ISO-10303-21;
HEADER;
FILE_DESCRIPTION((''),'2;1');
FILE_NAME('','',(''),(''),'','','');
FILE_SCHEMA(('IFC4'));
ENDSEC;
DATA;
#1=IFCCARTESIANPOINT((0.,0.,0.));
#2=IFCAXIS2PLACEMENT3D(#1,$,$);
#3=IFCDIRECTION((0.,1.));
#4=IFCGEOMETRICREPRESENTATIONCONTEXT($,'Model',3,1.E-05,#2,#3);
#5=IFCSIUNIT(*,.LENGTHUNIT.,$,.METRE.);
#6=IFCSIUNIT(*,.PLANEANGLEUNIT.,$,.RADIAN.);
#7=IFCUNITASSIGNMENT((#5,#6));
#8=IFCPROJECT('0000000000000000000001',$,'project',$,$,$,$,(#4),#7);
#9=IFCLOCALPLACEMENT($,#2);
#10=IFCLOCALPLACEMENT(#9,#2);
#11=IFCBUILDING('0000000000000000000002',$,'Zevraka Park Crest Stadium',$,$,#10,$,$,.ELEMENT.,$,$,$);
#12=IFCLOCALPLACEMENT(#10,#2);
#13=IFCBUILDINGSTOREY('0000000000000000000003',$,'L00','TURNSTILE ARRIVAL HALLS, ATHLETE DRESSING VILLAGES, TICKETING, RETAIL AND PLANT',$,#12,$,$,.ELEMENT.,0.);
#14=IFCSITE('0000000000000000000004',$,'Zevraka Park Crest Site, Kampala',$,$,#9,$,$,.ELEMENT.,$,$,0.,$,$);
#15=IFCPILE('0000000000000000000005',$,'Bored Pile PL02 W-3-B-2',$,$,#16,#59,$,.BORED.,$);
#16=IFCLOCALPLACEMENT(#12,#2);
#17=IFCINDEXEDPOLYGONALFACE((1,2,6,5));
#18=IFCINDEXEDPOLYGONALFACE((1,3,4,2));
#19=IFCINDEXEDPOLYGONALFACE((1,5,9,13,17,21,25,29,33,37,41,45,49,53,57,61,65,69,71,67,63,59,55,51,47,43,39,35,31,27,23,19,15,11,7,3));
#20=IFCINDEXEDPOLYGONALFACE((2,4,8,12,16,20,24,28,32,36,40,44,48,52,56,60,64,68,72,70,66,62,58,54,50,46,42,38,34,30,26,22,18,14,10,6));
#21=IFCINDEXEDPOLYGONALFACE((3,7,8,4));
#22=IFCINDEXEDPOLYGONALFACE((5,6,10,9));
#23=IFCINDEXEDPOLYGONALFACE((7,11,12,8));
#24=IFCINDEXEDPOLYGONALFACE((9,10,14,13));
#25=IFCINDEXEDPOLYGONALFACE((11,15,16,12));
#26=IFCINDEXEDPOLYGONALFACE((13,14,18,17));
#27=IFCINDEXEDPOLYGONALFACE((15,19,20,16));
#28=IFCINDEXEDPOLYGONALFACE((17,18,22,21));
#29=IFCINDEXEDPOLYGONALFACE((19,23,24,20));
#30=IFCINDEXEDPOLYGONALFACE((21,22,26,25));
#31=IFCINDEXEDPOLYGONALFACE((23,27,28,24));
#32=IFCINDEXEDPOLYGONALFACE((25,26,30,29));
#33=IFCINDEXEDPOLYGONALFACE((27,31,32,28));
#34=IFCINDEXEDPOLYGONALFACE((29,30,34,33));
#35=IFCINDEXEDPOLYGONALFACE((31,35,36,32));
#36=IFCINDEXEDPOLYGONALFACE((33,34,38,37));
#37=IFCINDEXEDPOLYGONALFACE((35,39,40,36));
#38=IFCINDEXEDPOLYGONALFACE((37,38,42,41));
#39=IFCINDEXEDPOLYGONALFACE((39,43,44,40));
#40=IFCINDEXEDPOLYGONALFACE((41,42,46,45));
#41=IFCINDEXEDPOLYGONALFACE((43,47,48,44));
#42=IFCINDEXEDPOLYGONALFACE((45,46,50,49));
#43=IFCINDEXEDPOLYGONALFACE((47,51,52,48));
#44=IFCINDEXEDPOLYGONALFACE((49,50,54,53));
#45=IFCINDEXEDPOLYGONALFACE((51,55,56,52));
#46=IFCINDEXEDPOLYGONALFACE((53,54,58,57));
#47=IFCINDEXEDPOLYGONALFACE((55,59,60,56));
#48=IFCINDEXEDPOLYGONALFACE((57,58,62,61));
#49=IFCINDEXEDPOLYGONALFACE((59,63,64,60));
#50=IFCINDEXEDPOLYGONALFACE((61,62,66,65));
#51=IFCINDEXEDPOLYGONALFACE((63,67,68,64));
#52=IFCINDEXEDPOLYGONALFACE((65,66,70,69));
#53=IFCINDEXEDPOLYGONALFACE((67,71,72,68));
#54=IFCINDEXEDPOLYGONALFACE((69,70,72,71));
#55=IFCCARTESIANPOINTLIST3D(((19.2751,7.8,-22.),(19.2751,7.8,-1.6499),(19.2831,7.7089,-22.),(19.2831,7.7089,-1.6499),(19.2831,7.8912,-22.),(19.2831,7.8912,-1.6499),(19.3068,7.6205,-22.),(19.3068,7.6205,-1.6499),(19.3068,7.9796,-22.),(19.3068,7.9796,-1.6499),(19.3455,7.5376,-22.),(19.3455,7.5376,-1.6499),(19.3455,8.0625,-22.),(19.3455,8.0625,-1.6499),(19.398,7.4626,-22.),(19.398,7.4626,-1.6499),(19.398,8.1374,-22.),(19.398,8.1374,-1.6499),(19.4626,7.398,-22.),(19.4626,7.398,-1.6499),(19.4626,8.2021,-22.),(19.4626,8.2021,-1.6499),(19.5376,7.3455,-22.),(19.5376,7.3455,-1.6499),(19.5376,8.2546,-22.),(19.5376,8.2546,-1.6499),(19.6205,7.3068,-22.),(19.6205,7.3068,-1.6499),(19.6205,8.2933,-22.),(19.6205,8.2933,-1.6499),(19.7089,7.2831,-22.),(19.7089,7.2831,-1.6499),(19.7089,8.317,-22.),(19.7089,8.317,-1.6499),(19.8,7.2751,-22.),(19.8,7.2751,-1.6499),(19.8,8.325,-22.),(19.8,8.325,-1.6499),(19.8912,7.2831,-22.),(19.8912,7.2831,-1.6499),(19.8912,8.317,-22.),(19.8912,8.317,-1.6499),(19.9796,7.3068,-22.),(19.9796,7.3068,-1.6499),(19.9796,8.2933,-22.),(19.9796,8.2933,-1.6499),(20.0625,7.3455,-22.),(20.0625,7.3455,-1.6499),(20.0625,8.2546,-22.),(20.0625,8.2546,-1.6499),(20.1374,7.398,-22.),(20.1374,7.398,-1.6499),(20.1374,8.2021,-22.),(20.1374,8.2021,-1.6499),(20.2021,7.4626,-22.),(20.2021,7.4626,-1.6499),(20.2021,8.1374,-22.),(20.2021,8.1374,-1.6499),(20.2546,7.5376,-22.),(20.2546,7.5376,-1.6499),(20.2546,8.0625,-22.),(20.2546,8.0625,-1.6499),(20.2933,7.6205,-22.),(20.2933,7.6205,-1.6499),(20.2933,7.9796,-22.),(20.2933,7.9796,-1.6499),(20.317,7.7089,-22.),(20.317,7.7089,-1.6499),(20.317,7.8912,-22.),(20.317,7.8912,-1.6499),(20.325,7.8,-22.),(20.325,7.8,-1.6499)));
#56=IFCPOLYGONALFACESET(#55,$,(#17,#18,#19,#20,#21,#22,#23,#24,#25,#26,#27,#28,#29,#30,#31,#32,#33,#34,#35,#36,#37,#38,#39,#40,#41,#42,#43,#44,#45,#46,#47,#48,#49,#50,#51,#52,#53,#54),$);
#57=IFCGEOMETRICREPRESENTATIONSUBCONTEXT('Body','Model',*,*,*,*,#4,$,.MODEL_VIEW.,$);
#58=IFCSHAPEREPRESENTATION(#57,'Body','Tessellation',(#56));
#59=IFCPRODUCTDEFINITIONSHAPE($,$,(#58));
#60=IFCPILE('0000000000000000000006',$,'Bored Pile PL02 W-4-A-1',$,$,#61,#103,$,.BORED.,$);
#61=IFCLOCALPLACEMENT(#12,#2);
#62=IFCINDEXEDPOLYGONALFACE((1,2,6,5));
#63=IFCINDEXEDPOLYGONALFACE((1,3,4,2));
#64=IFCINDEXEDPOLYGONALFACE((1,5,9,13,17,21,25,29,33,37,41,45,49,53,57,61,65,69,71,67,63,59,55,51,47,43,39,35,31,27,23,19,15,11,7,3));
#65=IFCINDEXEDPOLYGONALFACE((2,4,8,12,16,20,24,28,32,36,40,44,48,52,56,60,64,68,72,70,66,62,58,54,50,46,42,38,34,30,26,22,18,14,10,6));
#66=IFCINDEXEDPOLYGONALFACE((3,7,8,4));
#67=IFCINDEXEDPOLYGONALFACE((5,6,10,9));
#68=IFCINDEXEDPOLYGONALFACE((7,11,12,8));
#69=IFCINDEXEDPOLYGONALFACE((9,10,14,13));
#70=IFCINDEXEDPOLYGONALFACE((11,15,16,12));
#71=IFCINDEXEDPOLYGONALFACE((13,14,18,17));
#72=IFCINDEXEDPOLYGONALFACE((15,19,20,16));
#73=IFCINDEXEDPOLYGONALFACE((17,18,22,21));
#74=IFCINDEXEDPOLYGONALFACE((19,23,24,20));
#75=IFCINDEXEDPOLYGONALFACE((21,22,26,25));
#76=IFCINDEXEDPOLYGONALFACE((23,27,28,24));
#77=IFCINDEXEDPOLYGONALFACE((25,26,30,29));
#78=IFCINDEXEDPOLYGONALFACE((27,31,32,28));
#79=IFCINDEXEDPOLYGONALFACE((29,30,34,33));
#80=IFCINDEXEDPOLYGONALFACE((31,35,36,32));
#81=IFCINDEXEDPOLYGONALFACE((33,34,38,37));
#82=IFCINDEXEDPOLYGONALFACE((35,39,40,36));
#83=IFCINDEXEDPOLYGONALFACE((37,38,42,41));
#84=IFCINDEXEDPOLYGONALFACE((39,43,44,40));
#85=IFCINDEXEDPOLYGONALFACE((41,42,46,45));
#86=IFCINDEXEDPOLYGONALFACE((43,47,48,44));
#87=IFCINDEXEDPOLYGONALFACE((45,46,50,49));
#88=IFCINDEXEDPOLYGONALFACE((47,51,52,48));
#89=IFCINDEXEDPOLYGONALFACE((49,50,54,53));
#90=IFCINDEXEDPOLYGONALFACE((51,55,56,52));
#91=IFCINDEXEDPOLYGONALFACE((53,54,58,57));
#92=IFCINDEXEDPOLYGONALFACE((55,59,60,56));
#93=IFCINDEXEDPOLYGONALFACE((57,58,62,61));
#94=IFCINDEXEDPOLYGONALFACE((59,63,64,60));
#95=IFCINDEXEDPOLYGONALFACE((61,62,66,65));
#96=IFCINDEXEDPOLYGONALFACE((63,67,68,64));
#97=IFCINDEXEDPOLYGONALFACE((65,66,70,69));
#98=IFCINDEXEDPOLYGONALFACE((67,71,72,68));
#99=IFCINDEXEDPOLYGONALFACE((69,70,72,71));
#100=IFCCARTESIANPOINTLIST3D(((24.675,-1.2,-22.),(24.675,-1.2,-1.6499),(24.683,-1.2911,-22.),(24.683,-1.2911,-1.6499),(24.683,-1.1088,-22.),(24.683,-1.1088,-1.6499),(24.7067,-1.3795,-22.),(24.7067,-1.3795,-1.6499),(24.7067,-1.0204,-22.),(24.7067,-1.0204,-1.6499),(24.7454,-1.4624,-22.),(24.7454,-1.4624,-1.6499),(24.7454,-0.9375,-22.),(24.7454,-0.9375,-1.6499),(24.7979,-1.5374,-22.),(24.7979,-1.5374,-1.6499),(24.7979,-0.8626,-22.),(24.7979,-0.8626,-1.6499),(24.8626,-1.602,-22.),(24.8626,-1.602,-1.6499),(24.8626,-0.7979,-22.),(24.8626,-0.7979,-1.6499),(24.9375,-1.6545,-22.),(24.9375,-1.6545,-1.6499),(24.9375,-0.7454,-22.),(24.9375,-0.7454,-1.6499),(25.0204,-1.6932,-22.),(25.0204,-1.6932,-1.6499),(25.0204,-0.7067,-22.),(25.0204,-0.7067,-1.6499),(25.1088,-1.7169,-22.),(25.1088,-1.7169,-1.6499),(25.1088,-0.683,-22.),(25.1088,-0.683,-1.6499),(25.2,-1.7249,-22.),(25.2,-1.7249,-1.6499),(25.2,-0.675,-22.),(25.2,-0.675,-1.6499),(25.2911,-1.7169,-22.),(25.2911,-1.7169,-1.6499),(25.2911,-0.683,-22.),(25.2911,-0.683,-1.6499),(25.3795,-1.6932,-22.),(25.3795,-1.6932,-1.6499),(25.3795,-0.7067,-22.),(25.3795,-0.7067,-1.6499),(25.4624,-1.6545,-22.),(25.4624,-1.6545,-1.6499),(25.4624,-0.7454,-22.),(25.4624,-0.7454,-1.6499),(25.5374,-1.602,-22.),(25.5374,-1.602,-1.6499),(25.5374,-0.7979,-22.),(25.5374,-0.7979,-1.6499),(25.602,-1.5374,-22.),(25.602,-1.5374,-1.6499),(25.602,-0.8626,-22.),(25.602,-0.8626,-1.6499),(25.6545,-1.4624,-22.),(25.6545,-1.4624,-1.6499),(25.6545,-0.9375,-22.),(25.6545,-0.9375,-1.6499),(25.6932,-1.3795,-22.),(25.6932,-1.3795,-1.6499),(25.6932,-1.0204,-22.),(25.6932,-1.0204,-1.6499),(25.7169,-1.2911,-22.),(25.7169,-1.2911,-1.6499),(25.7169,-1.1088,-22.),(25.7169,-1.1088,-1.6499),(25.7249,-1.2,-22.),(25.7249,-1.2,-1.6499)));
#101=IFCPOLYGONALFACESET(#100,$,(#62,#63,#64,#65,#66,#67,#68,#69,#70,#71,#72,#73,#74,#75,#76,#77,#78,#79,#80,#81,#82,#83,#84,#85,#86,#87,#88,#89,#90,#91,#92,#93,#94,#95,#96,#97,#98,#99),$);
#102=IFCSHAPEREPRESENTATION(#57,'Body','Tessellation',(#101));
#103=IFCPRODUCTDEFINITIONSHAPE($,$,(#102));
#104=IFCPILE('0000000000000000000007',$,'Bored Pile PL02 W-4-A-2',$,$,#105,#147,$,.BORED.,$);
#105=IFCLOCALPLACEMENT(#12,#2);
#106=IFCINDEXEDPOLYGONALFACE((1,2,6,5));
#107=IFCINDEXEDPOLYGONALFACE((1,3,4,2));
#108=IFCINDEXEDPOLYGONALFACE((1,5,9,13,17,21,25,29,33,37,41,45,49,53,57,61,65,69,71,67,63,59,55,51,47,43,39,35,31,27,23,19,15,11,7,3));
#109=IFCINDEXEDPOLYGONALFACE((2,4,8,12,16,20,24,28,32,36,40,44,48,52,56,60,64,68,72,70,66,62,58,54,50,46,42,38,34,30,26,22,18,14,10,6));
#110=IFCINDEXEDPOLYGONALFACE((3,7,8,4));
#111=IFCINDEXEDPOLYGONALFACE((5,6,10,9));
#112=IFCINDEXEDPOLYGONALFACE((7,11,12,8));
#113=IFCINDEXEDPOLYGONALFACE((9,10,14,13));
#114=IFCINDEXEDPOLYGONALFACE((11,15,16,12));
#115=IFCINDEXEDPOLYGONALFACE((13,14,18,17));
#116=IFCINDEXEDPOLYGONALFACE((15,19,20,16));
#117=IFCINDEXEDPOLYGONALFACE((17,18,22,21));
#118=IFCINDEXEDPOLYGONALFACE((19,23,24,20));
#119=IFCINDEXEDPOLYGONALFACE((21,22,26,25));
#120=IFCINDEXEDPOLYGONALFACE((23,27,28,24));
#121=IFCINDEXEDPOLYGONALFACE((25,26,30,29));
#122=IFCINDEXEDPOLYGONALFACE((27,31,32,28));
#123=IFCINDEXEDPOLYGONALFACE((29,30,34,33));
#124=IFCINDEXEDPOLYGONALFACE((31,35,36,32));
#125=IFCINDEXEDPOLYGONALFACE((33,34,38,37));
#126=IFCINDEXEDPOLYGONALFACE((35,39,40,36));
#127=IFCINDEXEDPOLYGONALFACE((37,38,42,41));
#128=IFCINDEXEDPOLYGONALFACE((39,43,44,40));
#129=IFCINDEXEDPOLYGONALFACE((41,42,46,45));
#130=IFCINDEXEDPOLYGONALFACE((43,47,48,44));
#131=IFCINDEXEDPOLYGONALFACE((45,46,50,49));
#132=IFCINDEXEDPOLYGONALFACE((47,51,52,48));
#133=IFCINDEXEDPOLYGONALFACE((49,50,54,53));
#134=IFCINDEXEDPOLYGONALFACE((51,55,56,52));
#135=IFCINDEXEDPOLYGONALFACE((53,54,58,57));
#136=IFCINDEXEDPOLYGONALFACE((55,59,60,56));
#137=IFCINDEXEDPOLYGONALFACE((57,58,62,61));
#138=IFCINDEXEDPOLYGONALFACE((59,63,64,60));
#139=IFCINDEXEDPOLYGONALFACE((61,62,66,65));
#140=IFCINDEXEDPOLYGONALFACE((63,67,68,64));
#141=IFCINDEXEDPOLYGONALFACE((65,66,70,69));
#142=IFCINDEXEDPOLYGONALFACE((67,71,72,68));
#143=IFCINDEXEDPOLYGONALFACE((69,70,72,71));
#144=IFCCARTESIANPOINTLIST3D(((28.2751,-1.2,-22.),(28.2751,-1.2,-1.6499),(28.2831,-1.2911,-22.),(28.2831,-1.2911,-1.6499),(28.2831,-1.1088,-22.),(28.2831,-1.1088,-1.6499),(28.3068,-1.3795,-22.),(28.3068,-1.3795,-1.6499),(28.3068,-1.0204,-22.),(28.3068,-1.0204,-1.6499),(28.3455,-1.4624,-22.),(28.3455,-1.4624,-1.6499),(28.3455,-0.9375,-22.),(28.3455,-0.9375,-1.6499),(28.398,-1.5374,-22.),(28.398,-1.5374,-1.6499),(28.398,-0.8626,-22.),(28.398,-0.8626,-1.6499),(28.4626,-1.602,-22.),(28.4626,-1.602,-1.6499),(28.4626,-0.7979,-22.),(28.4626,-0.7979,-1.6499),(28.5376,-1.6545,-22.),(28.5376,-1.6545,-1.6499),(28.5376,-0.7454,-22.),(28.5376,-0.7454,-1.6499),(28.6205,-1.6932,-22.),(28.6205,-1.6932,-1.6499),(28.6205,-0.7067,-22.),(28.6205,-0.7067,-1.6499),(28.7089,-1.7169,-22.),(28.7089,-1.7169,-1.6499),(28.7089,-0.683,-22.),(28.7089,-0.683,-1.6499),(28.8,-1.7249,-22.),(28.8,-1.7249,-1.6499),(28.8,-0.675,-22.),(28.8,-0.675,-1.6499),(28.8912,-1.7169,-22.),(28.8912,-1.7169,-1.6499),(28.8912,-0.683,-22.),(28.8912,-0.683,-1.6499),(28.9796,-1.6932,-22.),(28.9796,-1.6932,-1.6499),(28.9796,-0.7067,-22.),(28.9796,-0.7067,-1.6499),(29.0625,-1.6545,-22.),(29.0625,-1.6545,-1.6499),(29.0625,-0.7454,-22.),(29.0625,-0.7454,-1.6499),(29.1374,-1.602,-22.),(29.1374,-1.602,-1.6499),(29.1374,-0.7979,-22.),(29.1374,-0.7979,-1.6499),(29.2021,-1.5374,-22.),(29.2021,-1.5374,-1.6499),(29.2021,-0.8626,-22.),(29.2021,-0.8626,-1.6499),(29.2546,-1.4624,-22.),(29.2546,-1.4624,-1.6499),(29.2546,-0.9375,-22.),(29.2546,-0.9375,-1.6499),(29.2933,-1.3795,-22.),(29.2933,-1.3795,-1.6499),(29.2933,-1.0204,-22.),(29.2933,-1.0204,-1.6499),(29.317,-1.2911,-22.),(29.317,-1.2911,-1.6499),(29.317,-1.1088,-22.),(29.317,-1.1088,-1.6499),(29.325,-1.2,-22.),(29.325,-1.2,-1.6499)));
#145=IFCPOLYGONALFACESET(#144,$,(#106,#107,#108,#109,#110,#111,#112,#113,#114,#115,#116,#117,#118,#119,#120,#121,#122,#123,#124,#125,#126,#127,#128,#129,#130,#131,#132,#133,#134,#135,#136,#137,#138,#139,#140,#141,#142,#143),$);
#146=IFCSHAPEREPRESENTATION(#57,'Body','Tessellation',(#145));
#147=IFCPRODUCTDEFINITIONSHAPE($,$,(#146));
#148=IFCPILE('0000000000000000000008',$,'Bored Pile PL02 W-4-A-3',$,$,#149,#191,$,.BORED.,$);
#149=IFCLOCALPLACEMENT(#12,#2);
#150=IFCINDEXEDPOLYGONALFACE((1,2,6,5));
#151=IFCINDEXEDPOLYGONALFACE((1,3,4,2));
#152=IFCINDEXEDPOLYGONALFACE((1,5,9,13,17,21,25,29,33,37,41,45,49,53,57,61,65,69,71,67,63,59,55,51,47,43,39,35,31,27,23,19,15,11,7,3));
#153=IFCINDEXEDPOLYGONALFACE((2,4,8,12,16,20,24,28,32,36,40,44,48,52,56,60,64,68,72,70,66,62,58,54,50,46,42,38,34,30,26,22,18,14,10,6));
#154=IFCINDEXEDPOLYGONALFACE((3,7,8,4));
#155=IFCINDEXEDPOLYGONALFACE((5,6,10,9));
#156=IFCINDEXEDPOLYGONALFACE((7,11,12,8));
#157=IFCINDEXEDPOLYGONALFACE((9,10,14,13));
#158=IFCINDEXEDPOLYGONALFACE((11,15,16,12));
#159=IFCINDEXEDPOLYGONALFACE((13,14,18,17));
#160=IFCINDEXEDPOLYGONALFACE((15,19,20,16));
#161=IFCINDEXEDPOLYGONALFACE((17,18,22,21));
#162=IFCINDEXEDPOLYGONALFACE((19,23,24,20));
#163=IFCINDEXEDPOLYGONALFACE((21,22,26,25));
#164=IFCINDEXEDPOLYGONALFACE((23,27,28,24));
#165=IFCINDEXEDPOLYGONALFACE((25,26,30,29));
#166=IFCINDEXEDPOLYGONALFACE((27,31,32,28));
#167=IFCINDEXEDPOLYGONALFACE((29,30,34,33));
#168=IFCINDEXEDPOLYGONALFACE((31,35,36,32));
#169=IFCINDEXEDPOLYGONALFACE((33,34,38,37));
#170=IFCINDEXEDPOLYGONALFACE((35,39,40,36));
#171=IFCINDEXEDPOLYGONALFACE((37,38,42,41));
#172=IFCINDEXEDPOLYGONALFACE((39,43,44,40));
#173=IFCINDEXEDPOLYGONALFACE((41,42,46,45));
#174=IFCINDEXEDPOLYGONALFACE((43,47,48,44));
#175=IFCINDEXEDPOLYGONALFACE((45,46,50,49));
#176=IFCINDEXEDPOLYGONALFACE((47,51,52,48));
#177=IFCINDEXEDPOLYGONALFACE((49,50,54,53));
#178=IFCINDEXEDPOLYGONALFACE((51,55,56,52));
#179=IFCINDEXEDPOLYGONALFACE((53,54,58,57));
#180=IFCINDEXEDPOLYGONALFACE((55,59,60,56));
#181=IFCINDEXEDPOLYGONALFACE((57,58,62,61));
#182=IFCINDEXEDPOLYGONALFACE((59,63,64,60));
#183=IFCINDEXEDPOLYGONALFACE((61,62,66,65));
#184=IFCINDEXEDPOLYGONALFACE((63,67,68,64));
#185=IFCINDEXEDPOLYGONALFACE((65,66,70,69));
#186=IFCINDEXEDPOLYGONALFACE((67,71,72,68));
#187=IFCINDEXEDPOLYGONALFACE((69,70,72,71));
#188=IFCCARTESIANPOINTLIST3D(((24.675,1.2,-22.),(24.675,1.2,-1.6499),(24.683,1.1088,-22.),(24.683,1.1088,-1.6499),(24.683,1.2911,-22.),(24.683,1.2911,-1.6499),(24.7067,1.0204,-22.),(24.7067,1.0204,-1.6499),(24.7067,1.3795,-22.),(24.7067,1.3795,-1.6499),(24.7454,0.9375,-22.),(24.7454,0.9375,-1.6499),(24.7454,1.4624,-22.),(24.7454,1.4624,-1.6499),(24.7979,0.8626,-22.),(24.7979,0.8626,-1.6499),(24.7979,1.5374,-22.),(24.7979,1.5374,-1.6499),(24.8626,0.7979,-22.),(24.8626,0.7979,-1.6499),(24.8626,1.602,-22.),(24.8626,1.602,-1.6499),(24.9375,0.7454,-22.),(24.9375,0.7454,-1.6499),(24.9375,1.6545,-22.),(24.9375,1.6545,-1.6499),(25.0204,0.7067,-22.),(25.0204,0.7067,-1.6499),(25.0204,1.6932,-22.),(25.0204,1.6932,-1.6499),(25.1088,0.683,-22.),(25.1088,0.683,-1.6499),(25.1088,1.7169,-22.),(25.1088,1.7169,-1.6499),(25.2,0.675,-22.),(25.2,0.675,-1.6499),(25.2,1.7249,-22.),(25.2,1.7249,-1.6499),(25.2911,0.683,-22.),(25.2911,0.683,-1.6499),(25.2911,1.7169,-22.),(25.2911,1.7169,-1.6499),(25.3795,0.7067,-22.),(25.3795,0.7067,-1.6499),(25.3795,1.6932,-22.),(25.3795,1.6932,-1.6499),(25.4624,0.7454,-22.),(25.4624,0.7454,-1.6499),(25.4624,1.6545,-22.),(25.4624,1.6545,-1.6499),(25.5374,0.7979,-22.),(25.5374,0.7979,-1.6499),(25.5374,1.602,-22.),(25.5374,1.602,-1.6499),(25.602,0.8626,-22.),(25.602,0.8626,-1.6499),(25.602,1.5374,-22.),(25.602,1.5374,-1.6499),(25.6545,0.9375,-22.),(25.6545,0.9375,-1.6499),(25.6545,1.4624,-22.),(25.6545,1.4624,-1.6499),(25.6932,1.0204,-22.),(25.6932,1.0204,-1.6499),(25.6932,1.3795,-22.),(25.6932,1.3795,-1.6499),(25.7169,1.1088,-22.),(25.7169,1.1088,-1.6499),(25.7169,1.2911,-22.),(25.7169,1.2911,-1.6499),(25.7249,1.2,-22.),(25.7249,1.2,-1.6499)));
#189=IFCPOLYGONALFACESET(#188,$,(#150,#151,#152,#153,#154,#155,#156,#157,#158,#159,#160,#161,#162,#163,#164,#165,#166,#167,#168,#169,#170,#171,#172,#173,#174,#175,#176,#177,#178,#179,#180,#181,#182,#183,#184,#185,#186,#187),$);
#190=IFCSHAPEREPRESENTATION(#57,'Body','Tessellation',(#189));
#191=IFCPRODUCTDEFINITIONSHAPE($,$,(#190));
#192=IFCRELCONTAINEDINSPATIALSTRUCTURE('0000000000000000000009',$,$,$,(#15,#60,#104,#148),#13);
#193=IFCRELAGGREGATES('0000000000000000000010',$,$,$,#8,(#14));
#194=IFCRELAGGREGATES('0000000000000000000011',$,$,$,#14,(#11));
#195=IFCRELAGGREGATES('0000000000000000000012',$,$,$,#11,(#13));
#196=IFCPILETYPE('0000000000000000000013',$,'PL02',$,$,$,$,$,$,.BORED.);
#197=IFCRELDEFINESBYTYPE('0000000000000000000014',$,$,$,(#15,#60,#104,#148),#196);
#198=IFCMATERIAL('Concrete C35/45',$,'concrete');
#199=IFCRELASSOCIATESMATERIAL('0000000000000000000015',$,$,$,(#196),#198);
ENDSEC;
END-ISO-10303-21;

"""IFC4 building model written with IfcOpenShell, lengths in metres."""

from ifc_helpers import new_model, si_unit, direction, frame, origin, origin_2d, place, context, subcontext, project, spatial, circle, extrude, material, material_profile, profile_set, type_object, element, save


model = new_model("IFC4")

# Units and contexts
model_context = context("Model", 3, precision=1e-05, world=origin(), true_north=direction((0.0, 1.0)))
body_context = subcontext(model_context, "Body", "Model", "MODEL_VIEW")
ifc_project = project(units=[si_unit("LENGTHUNIT", "METRE"), si_unit("PLANEANGLEUNIT", "RADIAN")], contexts=[model_context])

# Site, building, storey
site_placement = place(None, origin())
site = spatial("IfcSite", under=ifc_project, at=site_placement, Name="Zevraka Park Crest Site, Kampala", CompositionType="ELEMENT", RefElevation=0.0)
building_placement = place(site_placement, origin())
building = spatial("IfcBuilding", under=site, at=building_placement, Name="Zevraka Park Crest Stadium", CompositionType="ELEMENT")
storey_placement = place(building_placement, origin())
storey = spatial("IfcBuildingStorey", under=building, at=storey_placement, Name="L00", Description="TURNSTILE ARRIVAL HALLS, ATHLETE DRESSING VILLAGES, TICKETING, RETAIL AND PLANT", CompositionType="ELEMENT", Elevation=0.0)

# Piles
ifc_material_1 = material(Name="Concrete C35/45", Category="concrete")
ifc_material_profile_1 = material_profile(ifc_material_1, circle(Radius=0.5249, at=origin_2d()), Name="PILE D1050")
ifc_profile_set_1 = profile_set([ifc_material_profile_1], Name="Concrete C35/45")
pile_type_1 = type_object("IfcPileType", Name="PL02", PredefinedType="BORED", material=ifc_profile_set_1)
for number, where, z_axis, x_axis, name in (
    (1, (19.8, 7.8, -1.6499), (0.0, 0.0, -1.0), (1.0, 0.0, 0.0), "Bored Pile PL02 W-3-B-2"),
    (2, (25.2, -1.2, -1.6499), (0.0, 0.0, -1.0), (1.0, 0.0, 0.0), "Bored Pile PL02 W-4-A-1"),
    (3, (28.8, -1.2, -1.6499), (0.0, 0.0, -1.0), (1.0, 0.0, 0.0), "Bored Pile PL02 W-4-A-2"),
    (4, (25.2, 1.2, -1.6499), (0.0, 0.0, -1.0), (1.0, 0.0, 0.0), "Bored Pile PL02 W-4-A-3"),
):
    element("IfcPile", number, at=place(storey_placement, frame(where, z_axis=z_axis, x_axis=x_axis)), inside=storey, type_object=pile_type_1, Name=name, PredefinedType="BORED", context=body_context, shape_type="SweptSolid", body=[
        extrude(circle(Radius=0.5249, at=origin_2d()), origin(), (0.0, 0.0, 1.0), 20.3501),
    ])

save(model, "model.ifc")
